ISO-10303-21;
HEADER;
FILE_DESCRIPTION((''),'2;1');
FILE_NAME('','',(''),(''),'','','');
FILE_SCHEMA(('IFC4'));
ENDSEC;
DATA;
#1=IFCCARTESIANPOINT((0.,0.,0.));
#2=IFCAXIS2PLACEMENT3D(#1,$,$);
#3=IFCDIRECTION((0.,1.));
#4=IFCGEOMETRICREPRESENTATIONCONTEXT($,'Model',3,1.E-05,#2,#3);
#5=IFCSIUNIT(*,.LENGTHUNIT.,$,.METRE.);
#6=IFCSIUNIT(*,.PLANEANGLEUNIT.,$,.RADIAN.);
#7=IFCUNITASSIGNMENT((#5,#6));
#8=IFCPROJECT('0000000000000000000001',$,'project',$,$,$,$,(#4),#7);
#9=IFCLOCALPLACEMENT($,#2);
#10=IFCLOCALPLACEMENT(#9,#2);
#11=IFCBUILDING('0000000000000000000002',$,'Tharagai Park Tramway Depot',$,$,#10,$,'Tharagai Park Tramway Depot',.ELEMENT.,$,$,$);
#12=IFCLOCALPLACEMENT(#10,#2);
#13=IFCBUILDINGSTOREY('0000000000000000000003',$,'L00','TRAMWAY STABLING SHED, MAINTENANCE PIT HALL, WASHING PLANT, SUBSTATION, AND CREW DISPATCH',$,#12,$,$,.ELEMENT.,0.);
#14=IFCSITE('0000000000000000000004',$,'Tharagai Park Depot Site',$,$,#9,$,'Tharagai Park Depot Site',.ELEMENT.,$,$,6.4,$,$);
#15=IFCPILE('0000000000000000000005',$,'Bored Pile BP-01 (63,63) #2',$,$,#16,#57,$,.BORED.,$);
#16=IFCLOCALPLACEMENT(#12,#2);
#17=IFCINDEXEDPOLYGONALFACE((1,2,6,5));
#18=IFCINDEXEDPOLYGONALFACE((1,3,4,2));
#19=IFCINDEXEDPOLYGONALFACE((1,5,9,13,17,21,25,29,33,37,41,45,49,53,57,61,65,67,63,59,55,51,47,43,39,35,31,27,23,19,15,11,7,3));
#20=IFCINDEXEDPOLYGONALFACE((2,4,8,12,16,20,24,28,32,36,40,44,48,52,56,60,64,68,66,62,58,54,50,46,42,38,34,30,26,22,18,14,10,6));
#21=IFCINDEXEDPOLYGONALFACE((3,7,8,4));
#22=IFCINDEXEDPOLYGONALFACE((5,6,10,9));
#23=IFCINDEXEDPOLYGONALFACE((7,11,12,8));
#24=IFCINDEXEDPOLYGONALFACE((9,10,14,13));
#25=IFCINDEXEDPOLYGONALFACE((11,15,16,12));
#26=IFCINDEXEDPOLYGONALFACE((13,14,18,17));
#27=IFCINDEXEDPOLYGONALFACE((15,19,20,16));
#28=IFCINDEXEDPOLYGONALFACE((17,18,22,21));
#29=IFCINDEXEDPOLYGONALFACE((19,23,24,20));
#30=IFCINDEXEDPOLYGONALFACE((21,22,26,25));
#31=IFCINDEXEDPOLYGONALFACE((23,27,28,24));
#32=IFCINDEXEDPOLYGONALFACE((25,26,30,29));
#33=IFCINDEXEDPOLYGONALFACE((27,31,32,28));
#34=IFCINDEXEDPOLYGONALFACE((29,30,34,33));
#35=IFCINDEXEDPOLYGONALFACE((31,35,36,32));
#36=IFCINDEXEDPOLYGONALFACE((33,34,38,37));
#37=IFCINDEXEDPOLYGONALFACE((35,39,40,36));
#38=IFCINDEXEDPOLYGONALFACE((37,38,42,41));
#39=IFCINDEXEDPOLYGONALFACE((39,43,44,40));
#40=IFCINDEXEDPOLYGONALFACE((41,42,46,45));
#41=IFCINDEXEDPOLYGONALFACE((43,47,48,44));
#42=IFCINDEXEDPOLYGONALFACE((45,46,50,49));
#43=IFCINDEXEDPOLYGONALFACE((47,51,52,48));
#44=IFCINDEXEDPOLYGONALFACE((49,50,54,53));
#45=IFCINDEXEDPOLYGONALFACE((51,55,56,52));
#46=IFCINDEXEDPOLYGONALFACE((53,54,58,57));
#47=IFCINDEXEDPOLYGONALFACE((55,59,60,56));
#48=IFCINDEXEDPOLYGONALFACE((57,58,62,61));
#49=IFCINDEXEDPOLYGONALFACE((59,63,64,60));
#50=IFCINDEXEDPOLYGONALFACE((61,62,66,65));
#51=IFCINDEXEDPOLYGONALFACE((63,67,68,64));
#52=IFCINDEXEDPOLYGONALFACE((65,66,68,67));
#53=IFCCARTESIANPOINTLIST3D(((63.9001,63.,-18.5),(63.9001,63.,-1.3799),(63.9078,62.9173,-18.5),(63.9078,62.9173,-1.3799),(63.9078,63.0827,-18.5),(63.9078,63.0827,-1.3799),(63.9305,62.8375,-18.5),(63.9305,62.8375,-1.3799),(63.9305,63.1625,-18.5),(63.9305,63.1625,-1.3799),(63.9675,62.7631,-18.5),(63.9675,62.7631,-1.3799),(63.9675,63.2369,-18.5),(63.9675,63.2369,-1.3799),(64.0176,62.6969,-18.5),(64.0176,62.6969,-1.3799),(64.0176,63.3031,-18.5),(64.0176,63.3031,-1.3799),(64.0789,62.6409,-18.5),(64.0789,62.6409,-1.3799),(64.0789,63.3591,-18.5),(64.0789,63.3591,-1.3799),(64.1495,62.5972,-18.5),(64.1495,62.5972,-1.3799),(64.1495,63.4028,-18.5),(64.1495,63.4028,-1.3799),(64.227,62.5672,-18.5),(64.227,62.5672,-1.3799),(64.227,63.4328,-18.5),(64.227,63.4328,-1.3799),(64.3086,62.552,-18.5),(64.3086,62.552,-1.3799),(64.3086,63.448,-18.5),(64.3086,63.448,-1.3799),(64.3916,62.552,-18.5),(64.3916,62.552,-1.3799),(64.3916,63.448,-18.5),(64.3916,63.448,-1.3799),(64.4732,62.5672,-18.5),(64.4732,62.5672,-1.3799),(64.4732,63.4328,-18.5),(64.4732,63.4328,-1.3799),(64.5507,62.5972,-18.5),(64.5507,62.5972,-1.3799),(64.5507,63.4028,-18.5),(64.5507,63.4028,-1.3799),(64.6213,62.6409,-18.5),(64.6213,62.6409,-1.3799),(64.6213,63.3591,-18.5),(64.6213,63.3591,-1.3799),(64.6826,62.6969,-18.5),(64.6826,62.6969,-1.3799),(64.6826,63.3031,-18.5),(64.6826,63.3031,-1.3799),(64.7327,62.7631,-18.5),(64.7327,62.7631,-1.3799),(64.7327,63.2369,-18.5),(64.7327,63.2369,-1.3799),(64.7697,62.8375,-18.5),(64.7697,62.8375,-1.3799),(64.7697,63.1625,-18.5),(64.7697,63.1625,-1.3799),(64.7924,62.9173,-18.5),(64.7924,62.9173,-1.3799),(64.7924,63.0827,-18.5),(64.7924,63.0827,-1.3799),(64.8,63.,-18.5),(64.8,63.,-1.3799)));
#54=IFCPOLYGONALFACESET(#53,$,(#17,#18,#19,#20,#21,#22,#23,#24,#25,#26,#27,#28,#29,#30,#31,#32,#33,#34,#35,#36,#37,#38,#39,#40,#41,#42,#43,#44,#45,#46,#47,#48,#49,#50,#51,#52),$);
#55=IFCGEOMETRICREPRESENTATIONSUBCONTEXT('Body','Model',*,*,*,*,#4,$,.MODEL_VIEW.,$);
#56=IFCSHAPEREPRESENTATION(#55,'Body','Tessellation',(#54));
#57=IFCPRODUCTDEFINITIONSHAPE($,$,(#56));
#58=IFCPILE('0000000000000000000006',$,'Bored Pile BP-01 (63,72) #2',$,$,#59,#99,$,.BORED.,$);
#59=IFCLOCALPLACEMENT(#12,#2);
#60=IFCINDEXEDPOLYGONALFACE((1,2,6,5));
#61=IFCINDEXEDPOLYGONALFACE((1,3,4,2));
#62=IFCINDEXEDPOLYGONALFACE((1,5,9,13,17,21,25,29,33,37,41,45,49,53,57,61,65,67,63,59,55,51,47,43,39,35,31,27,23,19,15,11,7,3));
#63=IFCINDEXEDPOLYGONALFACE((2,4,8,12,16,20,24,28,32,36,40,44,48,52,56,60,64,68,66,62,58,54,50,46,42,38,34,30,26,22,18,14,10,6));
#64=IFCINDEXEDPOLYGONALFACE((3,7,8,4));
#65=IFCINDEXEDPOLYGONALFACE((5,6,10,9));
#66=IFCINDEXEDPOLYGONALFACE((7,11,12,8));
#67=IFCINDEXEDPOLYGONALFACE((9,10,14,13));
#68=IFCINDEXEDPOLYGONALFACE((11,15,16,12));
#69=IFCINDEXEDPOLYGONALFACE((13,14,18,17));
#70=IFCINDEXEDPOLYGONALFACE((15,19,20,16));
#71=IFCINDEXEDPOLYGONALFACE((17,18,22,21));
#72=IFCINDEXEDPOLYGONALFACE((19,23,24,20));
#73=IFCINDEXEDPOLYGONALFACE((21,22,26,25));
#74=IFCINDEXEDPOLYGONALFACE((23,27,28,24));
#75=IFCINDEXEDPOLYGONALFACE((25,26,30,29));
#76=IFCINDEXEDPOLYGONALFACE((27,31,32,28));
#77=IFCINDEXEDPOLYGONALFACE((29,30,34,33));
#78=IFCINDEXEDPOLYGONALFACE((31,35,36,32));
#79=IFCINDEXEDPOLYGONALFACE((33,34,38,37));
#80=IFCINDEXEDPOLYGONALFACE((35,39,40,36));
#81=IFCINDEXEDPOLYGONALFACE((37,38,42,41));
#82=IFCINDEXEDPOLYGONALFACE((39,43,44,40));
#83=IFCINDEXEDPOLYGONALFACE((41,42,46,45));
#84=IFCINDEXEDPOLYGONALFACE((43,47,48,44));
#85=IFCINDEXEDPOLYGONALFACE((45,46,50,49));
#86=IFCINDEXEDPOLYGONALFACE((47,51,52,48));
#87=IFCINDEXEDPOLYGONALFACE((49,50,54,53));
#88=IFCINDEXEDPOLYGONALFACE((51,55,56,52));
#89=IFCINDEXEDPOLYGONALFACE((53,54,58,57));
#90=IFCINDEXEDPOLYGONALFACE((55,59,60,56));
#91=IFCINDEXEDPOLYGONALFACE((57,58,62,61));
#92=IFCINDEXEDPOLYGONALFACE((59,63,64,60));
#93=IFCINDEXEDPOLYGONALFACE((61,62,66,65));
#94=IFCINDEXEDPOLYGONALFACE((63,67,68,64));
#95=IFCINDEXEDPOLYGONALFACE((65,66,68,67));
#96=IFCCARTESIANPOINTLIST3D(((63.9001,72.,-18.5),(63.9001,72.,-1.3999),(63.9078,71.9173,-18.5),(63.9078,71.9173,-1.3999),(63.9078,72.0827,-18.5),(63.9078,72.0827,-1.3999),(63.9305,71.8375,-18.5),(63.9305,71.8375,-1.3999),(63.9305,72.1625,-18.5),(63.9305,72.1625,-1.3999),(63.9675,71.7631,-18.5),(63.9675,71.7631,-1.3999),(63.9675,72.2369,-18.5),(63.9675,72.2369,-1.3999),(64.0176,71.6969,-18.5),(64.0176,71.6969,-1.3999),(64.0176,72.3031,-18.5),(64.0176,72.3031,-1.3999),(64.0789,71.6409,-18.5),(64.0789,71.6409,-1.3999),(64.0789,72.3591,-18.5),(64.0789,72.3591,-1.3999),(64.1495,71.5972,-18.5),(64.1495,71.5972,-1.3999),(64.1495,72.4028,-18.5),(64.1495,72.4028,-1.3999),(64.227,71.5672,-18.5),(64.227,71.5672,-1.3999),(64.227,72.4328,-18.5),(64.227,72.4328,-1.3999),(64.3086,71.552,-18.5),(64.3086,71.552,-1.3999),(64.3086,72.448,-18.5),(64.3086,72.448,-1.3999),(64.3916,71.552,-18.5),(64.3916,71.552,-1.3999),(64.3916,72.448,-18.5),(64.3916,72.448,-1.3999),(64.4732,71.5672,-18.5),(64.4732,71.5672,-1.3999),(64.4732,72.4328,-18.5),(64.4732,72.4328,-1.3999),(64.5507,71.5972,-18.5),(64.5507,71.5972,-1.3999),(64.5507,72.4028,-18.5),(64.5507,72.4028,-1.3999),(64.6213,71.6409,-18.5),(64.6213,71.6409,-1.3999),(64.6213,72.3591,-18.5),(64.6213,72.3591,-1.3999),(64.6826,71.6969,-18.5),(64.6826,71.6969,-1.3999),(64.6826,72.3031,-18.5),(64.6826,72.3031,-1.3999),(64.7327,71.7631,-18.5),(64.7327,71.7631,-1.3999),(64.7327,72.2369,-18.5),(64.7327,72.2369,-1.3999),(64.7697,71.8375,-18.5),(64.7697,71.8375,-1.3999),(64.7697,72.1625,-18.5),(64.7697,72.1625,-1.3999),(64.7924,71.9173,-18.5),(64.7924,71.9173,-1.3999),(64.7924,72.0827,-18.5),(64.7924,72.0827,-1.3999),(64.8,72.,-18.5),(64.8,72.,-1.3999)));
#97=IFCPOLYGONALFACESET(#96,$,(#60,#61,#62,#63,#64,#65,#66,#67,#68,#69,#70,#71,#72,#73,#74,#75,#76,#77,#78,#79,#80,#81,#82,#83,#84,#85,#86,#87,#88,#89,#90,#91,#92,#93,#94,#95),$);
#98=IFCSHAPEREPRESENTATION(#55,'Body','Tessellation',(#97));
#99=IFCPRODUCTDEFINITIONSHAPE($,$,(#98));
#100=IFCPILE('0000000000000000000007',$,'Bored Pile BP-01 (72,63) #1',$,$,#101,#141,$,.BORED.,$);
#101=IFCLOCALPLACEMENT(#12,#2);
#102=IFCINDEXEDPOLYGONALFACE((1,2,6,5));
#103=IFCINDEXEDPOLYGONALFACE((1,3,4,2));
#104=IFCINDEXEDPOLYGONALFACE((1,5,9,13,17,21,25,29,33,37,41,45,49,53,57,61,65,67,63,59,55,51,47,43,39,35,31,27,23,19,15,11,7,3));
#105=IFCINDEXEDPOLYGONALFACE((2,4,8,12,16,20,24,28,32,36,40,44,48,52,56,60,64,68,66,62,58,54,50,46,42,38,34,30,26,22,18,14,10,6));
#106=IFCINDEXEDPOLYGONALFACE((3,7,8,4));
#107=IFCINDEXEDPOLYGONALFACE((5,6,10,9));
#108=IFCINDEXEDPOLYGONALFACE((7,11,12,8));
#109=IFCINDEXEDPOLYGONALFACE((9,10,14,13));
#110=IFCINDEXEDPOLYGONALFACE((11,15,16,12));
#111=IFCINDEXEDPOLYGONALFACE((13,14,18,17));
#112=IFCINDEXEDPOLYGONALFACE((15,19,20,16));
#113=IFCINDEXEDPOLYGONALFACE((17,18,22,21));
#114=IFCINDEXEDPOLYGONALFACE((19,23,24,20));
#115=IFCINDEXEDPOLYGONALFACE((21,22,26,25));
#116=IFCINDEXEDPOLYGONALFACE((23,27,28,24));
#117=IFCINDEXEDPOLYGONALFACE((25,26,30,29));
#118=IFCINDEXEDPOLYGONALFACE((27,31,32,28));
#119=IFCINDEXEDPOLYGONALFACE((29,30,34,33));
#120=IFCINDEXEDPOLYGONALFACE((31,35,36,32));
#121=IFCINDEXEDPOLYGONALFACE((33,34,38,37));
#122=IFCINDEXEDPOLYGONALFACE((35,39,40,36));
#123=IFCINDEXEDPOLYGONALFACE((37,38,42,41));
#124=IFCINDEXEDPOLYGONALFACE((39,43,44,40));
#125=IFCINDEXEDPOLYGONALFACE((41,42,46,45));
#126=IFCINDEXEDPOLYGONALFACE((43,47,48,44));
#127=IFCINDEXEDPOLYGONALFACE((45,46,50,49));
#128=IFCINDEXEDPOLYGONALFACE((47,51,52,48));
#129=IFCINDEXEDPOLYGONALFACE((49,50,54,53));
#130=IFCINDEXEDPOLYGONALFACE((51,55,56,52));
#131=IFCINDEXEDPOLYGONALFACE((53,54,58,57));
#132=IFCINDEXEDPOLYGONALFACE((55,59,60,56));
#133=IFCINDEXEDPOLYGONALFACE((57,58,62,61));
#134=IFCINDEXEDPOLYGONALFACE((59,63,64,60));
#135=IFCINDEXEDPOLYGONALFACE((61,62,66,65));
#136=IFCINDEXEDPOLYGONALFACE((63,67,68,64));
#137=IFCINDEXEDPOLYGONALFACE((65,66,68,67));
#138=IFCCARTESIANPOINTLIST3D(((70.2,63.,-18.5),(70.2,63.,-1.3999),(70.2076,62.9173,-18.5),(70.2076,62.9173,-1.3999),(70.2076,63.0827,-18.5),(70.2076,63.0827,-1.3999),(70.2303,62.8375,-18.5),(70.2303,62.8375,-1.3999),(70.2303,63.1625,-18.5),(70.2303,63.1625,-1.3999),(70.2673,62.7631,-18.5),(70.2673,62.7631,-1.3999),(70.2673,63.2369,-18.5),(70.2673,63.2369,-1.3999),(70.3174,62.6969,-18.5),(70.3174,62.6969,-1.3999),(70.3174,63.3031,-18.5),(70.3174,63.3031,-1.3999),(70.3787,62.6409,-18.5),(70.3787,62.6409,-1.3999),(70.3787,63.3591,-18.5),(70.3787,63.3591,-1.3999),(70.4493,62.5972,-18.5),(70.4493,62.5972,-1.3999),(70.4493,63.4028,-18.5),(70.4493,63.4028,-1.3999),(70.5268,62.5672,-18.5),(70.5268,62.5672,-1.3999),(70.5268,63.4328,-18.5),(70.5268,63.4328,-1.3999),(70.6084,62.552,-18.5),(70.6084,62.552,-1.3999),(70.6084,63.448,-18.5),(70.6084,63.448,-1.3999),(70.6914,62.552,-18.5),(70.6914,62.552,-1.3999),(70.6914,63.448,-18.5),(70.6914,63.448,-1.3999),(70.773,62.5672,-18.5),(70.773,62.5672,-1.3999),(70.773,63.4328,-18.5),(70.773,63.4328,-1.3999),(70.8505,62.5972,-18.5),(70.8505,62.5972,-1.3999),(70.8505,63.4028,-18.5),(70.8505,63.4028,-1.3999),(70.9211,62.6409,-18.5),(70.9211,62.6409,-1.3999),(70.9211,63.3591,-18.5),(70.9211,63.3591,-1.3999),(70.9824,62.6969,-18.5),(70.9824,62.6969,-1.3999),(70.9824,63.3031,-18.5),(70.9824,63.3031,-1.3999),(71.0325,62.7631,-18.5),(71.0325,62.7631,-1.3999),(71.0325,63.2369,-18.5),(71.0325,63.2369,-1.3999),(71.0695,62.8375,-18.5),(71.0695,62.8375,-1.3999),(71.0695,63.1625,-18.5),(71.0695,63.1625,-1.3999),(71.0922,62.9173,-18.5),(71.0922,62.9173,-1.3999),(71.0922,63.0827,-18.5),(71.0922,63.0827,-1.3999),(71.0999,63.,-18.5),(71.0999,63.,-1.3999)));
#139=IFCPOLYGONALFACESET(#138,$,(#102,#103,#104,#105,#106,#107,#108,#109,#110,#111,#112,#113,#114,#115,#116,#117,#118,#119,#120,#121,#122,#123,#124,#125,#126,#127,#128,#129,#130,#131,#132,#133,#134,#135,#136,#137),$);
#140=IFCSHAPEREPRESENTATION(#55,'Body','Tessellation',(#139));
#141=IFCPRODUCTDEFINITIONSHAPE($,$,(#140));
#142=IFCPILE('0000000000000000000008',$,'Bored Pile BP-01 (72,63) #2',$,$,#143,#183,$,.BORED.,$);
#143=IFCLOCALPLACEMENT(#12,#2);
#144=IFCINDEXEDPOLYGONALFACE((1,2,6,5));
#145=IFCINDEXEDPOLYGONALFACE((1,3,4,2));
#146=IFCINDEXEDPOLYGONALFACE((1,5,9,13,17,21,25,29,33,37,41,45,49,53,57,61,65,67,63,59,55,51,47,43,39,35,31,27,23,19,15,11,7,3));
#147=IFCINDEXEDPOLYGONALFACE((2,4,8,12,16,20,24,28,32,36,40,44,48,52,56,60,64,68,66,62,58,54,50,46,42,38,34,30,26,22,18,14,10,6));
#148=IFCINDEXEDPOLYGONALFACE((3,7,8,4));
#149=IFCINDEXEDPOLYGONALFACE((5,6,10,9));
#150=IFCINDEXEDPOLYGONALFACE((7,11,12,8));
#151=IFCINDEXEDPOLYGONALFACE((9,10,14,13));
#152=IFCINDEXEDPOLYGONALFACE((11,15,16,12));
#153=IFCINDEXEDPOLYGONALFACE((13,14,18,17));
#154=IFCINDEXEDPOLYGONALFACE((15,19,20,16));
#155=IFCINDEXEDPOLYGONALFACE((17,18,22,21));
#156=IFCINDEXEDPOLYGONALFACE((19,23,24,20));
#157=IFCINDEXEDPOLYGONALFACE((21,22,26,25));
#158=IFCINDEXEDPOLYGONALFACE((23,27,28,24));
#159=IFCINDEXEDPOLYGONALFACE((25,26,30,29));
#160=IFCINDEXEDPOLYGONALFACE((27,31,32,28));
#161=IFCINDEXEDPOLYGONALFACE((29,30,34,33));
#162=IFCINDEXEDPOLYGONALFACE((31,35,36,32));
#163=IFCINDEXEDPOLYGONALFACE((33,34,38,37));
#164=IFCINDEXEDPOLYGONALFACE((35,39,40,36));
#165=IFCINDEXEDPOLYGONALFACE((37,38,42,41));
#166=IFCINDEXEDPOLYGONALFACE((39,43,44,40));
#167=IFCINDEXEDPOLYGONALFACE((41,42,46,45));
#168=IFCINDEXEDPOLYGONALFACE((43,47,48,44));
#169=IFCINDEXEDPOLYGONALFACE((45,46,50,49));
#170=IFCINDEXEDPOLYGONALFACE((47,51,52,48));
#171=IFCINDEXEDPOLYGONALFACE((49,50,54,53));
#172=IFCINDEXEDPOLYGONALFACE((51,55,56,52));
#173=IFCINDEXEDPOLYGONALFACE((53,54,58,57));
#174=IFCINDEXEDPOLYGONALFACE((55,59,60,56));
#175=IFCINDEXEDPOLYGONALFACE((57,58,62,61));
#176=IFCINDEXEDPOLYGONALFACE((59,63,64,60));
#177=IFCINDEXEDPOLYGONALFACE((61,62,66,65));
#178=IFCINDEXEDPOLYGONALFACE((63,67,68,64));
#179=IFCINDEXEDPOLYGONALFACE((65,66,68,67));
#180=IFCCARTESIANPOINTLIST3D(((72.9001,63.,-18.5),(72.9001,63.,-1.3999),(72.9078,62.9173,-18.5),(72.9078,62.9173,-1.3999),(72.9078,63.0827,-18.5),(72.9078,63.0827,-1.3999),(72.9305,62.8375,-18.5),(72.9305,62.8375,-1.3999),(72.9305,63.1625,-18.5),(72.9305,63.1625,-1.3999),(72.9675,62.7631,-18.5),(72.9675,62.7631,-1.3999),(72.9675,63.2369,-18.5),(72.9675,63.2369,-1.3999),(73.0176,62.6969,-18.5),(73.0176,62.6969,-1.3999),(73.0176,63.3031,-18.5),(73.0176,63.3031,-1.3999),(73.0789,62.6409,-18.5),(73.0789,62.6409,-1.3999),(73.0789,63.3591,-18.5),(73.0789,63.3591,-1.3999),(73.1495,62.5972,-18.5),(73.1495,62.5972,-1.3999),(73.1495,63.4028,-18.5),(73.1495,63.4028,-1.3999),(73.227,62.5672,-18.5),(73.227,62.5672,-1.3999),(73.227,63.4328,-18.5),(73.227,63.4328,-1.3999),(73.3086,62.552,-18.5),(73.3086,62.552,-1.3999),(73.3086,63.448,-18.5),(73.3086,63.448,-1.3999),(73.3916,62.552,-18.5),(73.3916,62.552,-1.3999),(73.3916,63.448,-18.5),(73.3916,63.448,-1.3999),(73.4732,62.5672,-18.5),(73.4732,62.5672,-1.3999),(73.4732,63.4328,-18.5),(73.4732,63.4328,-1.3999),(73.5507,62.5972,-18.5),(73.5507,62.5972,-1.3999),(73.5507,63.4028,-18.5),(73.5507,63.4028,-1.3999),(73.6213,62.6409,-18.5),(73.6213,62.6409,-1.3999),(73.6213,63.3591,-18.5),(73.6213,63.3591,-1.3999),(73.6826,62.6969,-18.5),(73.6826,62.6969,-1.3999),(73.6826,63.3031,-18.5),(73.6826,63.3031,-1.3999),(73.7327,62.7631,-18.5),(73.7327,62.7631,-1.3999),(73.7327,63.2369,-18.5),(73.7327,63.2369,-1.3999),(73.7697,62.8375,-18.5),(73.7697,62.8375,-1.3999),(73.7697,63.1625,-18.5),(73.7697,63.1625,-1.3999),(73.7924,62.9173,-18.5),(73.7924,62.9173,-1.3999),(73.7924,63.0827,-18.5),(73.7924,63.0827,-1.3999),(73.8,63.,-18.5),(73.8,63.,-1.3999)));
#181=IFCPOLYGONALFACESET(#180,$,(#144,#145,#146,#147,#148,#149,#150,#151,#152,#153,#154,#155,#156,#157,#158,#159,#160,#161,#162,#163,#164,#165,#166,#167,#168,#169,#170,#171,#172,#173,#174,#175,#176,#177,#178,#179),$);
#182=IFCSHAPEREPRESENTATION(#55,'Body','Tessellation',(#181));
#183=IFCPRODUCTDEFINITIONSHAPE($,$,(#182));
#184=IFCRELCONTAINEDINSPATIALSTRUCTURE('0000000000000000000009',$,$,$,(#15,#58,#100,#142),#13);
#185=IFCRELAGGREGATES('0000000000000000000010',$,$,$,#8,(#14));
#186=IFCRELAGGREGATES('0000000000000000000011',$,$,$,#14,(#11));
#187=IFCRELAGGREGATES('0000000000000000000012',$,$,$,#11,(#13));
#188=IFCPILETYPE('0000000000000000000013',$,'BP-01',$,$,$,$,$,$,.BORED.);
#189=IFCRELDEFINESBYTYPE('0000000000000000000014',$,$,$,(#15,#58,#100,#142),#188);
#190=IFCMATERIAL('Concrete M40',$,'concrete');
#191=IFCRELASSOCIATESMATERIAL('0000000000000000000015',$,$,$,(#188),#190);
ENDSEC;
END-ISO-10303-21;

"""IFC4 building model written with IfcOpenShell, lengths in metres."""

from ifc_helpers import new_model, si_unit, direction, frame, origin, origin_2d, place, context, subcontext, project, spatial, circle, extrude, material, material_profile, profile_set, type_object, element, save


model = new_model("IFC4")

# Units and contexts
model_context = context("Model", 3, precision=1e-05, world=origin(), true_north=direction((0.0, 1.0)))
body_context = subcontext(model_context, "Body", "Model", "MODEL_VIEW")
ifc_project = project(units=[si_unit("LENGTHUNIT", "METRE"), si_unit("PLANEANGLEUNIT", "RADIAN")], contexts=[model_context])

# Site, building, storey
site_placement = place(None, origin())
site = spatial("IfcSite", under=ifc_project, at=site_placement, Name="Tharagai Park Depot Site", LongName="Tharagai Park Depot Site", CompositionType="ELEMENT", RefElevation=6.4)
building_placement = place(site_placement, origin())
building = spatial("IfcBuilding", under=site, at=building_placement, Name="Tharagai Park Tramway Depot", LongName="Tharagai Park Tramway Depot", CompositionType="ELEMENT")
storey_placement = place(building_placement, origin())
storey = spatial("IfcBuildingStorey", under=building, at=storey_placement, Name="L00", Description="TRAMWAY STABLING SHED, MAINTENANCE PIT HALL, WASHING PLANT, SUBSTATION, AND CREW DISPATCH", CompositionType="ELEMENT", Elevation=0.0)

# Piles
ifc_material_1 = material(Name="Concrete M40", Category="concrete")
ifc_material_profile_1 = material_profile(ifc_material_1, circle(Radius=0.45, at=origin_2d()), Name="PILE D900")
ifc_profile_set_1 = profile_set([ifc_material_profile_1], Name="Concrete M40")
pile_type = type_object("IfcPileType", Name="BP-01", PredefinedType="BORED", material=ifc_profile_set_1)
pile_placement = place(storey_placement, frame((64.3501, 63.0, -1.3799), z_axis=(0.0, 0.0, -1.0), x_axis=(1.0, 0.0, 0.0)))
element("IfcPile", 1, at=pile_placement, inside=storey, type_object=pile_type, Name="Bored Pile BP-01 (63,63) #2", PredefinedType="BORED", context=body_context, shape_type="SweptSolid", body=[
    extrude(circle(Radius=0.45, at=origin_2d()), origin(), (0.0, 0.0, 1.0), 17.1201),
])
for number, where, z_axis, x_axis, name in (
    (2, (64.3501, 72.0, -1.3999), (0.0, 0.0, -1.0), (1.0, 0.0, 0.0), "Bored Pile BP-01 (63,72) #2"),
    (3, (70.6499, 63.0, -1.3999), (0.0, 0.0, -1.0), (1.0, 0.0, 0.0), "Bored Pile BP-01 (72,63) #1"),
    (4, (73.3501, 63.0, -1.3999), (0.0, 0.0, -1.0), (1.0, 0.0, 0.0), "Bored Pile BP-01 (72,63) #2"),
):
    element("IfcPile", number, at=place(storey_placement, frame(where, z_axis=z_axis, x_axis=x_axis)), inside=storey, type_object=pile_type, Name=name, PredefinedType="BORED", context=body_context, shape_type="SweptSolid", body=[
        extrude(circle(Radius=0.45, at=origin_2d()), origin(), (0.0, 0.0, 1.0), 17.1001),
    ])

save(model, "model.ifc")
